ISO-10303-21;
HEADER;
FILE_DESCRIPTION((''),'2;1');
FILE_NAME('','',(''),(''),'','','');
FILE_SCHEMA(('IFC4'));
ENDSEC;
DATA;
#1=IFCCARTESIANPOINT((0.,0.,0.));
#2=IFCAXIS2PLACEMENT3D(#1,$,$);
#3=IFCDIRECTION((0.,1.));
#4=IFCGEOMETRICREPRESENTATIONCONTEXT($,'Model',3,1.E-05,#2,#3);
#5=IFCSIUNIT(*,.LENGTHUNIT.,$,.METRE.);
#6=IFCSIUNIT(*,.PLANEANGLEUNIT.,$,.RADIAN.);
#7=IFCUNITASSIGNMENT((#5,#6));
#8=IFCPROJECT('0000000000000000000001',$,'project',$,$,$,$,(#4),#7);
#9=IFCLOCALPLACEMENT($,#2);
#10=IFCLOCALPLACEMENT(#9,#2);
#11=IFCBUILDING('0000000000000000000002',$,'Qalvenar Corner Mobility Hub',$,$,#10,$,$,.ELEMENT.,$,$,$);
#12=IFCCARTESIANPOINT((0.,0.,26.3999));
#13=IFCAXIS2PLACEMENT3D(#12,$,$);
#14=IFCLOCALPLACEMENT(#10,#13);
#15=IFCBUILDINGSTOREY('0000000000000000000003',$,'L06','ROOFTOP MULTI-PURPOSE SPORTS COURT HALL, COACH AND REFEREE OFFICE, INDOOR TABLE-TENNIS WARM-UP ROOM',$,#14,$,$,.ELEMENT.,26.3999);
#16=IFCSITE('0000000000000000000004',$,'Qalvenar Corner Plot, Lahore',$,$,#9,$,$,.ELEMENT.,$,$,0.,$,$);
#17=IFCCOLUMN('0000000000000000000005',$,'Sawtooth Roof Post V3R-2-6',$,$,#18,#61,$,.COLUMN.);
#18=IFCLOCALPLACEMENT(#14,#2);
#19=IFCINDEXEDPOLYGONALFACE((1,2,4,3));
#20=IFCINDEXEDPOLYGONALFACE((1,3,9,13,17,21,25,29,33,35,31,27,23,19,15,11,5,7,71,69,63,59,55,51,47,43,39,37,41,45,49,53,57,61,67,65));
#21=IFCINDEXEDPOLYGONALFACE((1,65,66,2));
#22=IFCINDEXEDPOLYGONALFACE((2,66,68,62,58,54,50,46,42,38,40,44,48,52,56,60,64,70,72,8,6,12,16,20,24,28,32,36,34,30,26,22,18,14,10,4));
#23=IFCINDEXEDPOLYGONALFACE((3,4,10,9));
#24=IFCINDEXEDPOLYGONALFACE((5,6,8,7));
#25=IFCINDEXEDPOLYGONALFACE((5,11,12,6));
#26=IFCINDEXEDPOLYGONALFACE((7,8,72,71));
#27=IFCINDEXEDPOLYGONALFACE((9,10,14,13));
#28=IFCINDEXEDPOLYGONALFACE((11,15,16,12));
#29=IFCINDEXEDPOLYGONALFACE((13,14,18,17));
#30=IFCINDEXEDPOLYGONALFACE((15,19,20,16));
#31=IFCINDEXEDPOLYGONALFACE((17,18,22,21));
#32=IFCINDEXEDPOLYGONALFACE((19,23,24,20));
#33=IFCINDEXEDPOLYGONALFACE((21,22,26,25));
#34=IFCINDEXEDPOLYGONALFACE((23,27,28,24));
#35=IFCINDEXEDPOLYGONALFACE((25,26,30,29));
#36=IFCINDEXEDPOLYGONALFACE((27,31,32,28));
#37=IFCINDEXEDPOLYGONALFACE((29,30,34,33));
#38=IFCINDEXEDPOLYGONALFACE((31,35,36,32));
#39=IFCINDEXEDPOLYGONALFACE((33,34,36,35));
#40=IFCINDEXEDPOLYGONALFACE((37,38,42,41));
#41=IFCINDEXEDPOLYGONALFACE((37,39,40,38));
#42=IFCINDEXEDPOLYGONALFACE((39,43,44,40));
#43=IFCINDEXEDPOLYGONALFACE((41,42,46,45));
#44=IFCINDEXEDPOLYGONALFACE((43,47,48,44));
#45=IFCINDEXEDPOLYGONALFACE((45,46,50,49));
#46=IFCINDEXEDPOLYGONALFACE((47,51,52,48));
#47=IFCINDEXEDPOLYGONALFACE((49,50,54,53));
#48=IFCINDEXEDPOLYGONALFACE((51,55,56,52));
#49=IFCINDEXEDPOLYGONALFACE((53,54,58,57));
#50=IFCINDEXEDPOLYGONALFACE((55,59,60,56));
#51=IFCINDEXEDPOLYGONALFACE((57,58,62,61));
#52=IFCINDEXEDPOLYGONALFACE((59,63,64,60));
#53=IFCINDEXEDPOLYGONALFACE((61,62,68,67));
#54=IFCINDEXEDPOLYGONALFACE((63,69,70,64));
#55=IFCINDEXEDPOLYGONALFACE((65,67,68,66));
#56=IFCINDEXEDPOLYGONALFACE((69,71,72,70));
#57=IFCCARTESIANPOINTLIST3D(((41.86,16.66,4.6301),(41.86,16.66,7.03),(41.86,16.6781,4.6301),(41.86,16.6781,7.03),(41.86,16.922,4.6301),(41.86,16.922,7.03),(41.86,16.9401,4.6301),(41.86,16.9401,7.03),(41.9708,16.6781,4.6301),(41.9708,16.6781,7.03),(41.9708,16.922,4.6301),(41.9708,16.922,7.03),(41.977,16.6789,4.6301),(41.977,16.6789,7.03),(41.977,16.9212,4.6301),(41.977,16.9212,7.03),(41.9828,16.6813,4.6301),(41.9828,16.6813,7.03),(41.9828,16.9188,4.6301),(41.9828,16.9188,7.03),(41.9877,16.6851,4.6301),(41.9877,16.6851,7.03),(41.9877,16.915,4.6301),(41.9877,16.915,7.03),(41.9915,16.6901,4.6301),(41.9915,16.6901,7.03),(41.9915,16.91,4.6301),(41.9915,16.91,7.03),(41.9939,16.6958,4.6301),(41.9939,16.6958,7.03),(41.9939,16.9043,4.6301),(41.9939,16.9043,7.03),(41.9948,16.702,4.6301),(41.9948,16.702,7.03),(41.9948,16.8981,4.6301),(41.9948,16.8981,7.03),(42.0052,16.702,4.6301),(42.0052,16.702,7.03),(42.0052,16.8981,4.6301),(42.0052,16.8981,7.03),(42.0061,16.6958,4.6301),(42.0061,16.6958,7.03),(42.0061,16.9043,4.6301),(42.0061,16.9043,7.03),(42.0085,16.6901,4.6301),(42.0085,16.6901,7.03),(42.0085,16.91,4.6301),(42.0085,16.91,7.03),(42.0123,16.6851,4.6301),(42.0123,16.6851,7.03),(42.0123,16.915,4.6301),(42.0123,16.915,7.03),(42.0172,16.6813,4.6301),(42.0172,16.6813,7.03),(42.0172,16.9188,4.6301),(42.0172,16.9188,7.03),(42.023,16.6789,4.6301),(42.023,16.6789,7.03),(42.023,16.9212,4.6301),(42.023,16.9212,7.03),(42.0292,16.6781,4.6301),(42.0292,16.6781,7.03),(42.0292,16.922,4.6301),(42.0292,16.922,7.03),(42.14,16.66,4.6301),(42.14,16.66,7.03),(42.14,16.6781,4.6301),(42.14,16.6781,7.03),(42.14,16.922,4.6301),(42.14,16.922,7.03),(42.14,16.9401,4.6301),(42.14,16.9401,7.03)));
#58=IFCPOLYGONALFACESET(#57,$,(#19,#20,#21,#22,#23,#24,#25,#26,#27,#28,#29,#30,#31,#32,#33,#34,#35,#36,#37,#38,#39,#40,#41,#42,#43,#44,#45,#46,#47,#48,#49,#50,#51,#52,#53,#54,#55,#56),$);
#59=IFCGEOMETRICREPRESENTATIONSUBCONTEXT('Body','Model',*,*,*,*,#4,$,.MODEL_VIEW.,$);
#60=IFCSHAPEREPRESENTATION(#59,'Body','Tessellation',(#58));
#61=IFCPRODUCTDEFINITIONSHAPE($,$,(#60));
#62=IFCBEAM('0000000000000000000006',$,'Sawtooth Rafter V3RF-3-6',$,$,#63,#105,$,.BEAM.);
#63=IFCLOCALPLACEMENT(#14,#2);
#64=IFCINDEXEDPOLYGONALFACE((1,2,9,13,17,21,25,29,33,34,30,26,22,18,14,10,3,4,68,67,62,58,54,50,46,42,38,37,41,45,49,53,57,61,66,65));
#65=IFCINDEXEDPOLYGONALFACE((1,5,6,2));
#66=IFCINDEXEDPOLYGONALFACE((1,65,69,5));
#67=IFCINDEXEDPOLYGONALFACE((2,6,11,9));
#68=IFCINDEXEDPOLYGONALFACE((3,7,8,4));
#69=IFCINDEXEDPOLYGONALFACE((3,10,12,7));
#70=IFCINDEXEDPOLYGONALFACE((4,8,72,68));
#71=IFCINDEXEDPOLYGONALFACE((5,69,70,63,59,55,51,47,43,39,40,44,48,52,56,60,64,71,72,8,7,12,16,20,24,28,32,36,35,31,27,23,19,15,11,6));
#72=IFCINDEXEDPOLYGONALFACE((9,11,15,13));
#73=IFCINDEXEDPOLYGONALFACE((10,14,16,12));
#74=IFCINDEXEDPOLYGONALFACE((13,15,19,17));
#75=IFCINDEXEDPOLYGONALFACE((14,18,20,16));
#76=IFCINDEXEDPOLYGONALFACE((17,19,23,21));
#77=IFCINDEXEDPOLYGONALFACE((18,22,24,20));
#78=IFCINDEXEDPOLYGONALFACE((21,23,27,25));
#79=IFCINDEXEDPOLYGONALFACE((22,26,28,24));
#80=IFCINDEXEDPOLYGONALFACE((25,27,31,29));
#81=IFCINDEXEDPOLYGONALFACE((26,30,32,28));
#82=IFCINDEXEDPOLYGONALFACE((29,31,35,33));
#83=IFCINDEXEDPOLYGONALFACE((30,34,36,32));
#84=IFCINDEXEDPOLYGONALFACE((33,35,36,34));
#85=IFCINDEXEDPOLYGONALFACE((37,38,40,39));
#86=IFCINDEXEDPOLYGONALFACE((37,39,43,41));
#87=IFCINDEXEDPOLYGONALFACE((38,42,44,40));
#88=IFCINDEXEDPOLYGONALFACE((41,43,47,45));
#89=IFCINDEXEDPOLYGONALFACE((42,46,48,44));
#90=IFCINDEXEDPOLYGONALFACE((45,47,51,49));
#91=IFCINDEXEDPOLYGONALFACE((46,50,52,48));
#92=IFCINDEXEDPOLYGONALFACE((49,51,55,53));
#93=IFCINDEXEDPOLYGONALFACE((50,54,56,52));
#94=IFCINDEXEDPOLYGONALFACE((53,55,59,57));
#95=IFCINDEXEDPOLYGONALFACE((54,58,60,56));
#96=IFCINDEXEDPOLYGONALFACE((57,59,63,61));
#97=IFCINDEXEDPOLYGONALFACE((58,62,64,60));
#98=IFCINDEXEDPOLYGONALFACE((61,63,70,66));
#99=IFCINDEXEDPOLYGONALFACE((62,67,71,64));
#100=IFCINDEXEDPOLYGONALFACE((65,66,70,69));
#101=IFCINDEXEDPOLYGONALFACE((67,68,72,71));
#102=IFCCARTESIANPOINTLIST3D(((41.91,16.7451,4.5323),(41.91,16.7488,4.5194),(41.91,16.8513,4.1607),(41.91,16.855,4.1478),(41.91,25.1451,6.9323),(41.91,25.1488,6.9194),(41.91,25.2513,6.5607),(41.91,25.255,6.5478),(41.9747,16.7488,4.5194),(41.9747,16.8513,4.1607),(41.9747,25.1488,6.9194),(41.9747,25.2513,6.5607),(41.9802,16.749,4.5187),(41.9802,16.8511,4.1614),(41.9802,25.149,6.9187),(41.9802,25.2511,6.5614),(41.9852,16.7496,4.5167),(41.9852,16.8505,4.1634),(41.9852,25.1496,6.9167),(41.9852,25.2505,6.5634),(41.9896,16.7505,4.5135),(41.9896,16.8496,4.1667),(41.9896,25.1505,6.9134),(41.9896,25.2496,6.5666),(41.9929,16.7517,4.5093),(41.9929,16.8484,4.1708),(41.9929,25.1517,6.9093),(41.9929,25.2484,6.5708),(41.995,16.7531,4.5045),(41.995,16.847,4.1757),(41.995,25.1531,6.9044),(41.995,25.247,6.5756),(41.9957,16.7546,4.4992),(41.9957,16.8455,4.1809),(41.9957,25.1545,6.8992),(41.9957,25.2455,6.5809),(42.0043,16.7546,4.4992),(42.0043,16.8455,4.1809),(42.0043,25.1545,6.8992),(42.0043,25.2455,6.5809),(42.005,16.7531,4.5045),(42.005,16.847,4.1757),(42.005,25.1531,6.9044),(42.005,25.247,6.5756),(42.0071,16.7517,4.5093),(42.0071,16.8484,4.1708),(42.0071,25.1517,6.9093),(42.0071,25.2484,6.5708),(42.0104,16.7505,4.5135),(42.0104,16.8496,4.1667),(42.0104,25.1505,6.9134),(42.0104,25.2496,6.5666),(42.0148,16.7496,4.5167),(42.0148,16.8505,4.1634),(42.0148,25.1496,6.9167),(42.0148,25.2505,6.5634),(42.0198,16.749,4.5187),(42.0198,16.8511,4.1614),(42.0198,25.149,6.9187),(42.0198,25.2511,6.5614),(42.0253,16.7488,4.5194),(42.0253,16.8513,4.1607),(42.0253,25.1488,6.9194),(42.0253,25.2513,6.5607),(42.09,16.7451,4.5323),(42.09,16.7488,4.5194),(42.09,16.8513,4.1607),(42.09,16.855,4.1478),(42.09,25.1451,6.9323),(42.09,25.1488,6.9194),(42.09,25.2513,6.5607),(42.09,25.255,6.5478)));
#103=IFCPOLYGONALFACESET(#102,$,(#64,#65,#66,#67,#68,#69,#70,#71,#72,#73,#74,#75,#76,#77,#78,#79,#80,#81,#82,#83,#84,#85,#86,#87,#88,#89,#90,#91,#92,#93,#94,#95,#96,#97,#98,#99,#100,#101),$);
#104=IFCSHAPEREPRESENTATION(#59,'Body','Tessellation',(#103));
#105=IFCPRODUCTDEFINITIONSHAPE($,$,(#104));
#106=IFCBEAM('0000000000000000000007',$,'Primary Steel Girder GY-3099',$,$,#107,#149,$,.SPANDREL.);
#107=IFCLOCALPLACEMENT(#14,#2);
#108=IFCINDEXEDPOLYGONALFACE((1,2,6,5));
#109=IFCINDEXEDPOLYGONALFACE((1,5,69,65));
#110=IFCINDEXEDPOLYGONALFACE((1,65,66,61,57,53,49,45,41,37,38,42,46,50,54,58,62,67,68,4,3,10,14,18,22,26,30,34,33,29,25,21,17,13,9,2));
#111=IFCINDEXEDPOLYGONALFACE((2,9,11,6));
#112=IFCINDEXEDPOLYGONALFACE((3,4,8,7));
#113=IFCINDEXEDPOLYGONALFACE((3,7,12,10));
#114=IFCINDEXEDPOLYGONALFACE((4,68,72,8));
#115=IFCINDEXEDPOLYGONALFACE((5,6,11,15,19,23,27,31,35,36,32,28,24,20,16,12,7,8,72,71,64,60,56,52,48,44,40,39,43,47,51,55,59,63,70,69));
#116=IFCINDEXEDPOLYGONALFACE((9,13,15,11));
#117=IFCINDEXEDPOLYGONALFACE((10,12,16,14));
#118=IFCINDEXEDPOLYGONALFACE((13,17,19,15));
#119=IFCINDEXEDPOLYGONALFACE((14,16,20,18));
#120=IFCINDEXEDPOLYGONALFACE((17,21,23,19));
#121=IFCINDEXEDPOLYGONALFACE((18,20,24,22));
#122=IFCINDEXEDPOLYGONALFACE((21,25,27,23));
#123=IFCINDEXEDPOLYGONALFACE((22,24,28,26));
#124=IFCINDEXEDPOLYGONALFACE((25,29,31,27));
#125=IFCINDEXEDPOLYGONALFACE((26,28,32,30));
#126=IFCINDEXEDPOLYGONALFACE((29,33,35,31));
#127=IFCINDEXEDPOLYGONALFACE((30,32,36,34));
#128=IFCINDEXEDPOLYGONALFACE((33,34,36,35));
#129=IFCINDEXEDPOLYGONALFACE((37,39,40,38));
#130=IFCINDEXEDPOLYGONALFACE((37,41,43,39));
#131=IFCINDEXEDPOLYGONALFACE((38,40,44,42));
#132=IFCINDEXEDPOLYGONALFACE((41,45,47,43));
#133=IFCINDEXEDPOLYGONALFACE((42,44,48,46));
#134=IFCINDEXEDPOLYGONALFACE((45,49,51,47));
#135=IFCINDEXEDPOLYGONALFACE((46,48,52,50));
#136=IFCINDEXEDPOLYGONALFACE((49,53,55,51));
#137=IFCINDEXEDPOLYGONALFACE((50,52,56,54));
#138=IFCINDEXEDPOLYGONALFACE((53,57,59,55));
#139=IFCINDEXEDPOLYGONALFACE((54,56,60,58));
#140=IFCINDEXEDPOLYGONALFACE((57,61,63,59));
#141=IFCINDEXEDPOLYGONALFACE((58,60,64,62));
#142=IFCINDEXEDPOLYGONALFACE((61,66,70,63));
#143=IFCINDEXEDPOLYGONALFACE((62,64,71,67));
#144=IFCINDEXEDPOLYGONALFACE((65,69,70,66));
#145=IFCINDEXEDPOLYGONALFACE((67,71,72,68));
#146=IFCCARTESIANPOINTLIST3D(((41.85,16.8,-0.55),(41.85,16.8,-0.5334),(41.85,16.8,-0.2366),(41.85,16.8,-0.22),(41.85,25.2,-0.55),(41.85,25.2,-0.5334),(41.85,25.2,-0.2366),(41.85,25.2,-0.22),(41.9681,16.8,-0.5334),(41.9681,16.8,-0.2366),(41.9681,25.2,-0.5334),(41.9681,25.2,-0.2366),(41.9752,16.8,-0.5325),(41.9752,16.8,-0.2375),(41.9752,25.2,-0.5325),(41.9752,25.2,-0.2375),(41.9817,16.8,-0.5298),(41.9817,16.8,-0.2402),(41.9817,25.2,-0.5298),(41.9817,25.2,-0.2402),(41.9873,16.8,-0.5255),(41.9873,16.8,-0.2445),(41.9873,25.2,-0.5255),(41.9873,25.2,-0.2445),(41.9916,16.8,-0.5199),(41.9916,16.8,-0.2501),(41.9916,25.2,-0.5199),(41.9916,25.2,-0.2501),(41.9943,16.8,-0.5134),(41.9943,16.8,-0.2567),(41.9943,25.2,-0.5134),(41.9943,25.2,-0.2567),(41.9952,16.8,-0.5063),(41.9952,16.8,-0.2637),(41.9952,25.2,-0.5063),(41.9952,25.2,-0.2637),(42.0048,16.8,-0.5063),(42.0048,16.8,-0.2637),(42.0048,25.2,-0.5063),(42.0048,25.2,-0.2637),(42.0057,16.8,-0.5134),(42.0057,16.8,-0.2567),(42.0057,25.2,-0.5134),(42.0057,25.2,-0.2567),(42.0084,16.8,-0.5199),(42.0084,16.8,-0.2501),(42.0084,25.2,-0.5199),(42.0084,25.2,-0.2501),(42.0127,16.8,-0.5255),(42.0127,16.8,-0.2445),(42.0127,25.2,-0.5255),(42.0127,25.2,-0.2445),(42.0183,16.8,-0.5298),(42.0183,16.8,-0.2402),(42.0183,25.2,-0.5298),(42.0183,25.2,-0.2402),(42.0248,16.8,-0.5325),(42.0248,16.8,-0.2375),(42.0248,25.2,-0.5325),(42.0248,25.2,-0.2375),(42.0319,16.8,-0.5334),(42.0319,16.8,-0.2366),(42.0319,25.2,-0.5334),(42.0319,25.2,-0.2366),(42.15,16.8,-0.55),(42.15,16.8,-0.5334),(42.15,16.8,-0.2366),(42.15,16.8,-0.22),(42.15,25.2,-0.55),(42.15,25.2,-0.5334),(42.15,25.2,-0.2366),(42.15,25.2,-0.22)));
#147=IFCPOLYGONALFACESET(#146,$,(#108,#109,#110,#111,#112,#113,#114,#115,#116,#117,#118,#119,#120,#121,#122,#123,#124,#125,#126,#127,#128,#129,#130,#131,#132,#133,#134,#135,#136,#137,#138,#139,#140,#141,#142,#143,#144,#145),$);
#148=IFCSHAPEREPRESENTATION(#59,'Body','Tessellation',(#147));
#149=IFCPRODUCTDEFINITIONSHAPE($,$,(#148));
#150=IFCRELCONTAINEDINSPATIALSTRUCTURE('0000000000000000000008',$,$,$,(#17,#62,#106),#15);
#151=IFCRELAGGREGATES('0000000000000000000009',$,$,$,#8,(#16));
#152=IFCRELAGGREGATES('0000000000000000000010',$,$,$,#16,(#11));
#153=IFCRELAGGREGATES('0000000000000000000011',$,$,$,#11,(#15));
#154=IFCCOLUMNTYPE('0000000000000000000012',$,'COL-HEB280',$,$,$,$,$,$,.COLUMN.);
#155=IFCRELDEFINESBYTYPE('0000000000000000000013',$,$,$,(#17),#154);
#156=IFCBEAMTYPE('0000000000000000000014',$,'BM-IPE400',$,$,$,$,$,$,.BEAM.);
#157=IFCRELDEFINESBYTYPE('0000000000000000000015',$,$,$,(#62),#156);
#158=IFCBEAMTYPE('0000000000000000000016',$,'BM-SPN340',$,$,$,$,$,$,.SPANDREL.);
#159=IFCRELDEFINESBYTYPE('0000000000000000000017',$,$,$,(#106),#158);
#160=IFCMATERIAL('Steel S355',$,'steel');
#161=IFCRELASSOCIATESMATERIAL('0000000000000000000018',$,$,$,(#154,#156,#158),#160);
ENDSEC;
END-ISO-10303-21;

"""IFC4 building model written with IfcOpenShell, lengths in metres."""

from ifc_helpers import new_model, si_unit, direction, frame, origin, origin_2d, place, context, subcontext, project, spatial, i_section, extrude, material, material_profile, profile_set, type_object, element, save


model = new_model("IFC4")

# Units and contexts
model_context = context("Model", 3, precision=1e-05, world=origin(), true_north=direction((0.0, 1.0)))
body_context = subcontext(model_context, "Body", "Model", "MODEL_VIEW")
ifc_project = project(units=[si_unit("LENGTHUNIT", "METRE"), si_unit("PLANEANGLEUNIT", "RADIAN")], contexts=[model_context])

# Site, building, storey
site_placement = place(None, origin())
site = spatial("IfcSite", under=ifc_project, at=site_placement, Name="Qalvenar Corner Plot, Lahore", CompositionType="ELEMENT", RefElevation=0.0)
building_placement = place(site_placement, origin())
building = spatial("IfcBuilding", under=site, at=building_placement, Name="Qalvenar Corner Mobility Hub", CompositionType="ELEMENT")
storey_placement = place(building_placement, frame((0.0, 0.0, 26.3999)))
storey = spatial("IfcBuildingStorey", under=building, at=storey_placement, Name="L06", Description="ROOFTOP MULTI-PURPOSE SPORTS COURT HALL, COACH AND REFEREE OFFICE, INDOOR TABLE-TENNIS WARM-UP ROOM", CompositionType="ELEMENT", Elevation=26.3999)

# Column
ifc_material_1 = material(Name="Steel S355", Category="steel")
ifc_material_profile_1 = material_profile(ifc_material_1, i_section(OverallWidth=0.28, OverallDepth=0.28, WebThickness=0.0105, FlangeThickness=0.0181, FilletRadius=0.0239, at=origin_2d()), Name="HEB280")
ifc_profile_set_1 = profile_set([ifc_material_profile_1], Name="Steel S355")
column_type = type_object("IfcColumnType", Name="COL-HEB280", PredefinedType="COLUMN", material=ifc_profile_set_1)
column_placement = place(storey_placement, frame((42.0, 16.8, 4.6301), z_axis=(0.0, 0.0, 1.0), x_axis=(1.0, 0.0, 0.0)))
element("IfcColumn", 1, at=column_placement, inside=storey, type_object=column_type, Name="Sawtooth Roof Post V3R-2-6", PredefinedType="COLUMN", context=body_context, shape_type="SweptSolid", body=[
    extrude(i_section(OverallWidth=0.28, OverallDepth=0.28, WebThickness=0.0105, FlangeThickness=0.0181, FilletRadius=0.0239, at=origin_2d()), origin(), (0.0, 0.0, 1.0), 2.3999),
])

# Beams
ifc_material_profile_2 = material_profile(ifc_material_1, i_section(OverallWidth=0.1799, OverallDepth=0.3999, WebThickness=0.0085, FlangeThickness=0.0134, FilletRadius=0.021, at=origin_2d()), Name="IPE400")
ifc_profile_set_2 = profile_set([ifc_material_profile_2], Name="Steel S355")
beam_type_1 = type_object("IfcBeamType", Name="BM-IPE400", PredefinedType="BEAM", material=ifc_profile_set_2)
beam_1_placement = place(storey_placement, frame((42.0, 16.8, 4.3401), z_axis=(0.0, 0.961526, 0.274714), x_axis=(-1.0, 0.0, 0.0)))
element("IfcBeam", 2, at=beam_1_placement, inside=storey, type_object=beam_type_1, Name="Sawtooth Rafter V3RF-3-6", PredefinedType="BEAM", context=body_context, shape_type="SweptSolid", body=[
    extrude(i_section(OverallWidth=0.1799, OverallDepth=0.3999, WebThickness=0.0085, FlangeThickness=0.0134, FilletRadius=0.021, at=origin_2d()), origin(), (0.0, 0.0, 1.0), 8.7361),
])
ifc_material_profile_3 = material_profile(ifc_material_1, i_section(OverallWidth=0.3, OverallDepth=0.3301, WebThickness=0.0095, FlangeThickness=0.0166, FilletRadius=0.0271, at=origin_2d()), Name="HEA340")
ifc_profile_set_3 = profile_set([ifc_material_profile_3], Name="Steel S355")
beam_type_2 = type_object("IfcBeamType", Name="BM-SPN340", PredefinedType="SPANDREL", material=ifc_profile_set_3)
beam_2_placement = place(storey_placement, frame((42.0, 16.8, -0.385), z_axis=(0.0, 1.0, 0.0), x_axis=(-1.0, 0.0, 0.0)))
element("IfcBeam", 3, at=beam_2_placement, inside=storey, type_object=beam_type_2, Name="Primary Steel Girder GY-3099", PredefinedType="SPANDREL", context=body_context, shape_type="SweptSolid", body=[
    extrude(i_section(OverallWidth=0.3, OverallDepth=0.3301, WebThickness=0.0095, FlangeThickness=0.0166, FilletRadius=0.0271, at=origin_2d()), origin(), (0.0, 0.0, 1.0), 8.3999),
])

save(model, "model.ifc")
